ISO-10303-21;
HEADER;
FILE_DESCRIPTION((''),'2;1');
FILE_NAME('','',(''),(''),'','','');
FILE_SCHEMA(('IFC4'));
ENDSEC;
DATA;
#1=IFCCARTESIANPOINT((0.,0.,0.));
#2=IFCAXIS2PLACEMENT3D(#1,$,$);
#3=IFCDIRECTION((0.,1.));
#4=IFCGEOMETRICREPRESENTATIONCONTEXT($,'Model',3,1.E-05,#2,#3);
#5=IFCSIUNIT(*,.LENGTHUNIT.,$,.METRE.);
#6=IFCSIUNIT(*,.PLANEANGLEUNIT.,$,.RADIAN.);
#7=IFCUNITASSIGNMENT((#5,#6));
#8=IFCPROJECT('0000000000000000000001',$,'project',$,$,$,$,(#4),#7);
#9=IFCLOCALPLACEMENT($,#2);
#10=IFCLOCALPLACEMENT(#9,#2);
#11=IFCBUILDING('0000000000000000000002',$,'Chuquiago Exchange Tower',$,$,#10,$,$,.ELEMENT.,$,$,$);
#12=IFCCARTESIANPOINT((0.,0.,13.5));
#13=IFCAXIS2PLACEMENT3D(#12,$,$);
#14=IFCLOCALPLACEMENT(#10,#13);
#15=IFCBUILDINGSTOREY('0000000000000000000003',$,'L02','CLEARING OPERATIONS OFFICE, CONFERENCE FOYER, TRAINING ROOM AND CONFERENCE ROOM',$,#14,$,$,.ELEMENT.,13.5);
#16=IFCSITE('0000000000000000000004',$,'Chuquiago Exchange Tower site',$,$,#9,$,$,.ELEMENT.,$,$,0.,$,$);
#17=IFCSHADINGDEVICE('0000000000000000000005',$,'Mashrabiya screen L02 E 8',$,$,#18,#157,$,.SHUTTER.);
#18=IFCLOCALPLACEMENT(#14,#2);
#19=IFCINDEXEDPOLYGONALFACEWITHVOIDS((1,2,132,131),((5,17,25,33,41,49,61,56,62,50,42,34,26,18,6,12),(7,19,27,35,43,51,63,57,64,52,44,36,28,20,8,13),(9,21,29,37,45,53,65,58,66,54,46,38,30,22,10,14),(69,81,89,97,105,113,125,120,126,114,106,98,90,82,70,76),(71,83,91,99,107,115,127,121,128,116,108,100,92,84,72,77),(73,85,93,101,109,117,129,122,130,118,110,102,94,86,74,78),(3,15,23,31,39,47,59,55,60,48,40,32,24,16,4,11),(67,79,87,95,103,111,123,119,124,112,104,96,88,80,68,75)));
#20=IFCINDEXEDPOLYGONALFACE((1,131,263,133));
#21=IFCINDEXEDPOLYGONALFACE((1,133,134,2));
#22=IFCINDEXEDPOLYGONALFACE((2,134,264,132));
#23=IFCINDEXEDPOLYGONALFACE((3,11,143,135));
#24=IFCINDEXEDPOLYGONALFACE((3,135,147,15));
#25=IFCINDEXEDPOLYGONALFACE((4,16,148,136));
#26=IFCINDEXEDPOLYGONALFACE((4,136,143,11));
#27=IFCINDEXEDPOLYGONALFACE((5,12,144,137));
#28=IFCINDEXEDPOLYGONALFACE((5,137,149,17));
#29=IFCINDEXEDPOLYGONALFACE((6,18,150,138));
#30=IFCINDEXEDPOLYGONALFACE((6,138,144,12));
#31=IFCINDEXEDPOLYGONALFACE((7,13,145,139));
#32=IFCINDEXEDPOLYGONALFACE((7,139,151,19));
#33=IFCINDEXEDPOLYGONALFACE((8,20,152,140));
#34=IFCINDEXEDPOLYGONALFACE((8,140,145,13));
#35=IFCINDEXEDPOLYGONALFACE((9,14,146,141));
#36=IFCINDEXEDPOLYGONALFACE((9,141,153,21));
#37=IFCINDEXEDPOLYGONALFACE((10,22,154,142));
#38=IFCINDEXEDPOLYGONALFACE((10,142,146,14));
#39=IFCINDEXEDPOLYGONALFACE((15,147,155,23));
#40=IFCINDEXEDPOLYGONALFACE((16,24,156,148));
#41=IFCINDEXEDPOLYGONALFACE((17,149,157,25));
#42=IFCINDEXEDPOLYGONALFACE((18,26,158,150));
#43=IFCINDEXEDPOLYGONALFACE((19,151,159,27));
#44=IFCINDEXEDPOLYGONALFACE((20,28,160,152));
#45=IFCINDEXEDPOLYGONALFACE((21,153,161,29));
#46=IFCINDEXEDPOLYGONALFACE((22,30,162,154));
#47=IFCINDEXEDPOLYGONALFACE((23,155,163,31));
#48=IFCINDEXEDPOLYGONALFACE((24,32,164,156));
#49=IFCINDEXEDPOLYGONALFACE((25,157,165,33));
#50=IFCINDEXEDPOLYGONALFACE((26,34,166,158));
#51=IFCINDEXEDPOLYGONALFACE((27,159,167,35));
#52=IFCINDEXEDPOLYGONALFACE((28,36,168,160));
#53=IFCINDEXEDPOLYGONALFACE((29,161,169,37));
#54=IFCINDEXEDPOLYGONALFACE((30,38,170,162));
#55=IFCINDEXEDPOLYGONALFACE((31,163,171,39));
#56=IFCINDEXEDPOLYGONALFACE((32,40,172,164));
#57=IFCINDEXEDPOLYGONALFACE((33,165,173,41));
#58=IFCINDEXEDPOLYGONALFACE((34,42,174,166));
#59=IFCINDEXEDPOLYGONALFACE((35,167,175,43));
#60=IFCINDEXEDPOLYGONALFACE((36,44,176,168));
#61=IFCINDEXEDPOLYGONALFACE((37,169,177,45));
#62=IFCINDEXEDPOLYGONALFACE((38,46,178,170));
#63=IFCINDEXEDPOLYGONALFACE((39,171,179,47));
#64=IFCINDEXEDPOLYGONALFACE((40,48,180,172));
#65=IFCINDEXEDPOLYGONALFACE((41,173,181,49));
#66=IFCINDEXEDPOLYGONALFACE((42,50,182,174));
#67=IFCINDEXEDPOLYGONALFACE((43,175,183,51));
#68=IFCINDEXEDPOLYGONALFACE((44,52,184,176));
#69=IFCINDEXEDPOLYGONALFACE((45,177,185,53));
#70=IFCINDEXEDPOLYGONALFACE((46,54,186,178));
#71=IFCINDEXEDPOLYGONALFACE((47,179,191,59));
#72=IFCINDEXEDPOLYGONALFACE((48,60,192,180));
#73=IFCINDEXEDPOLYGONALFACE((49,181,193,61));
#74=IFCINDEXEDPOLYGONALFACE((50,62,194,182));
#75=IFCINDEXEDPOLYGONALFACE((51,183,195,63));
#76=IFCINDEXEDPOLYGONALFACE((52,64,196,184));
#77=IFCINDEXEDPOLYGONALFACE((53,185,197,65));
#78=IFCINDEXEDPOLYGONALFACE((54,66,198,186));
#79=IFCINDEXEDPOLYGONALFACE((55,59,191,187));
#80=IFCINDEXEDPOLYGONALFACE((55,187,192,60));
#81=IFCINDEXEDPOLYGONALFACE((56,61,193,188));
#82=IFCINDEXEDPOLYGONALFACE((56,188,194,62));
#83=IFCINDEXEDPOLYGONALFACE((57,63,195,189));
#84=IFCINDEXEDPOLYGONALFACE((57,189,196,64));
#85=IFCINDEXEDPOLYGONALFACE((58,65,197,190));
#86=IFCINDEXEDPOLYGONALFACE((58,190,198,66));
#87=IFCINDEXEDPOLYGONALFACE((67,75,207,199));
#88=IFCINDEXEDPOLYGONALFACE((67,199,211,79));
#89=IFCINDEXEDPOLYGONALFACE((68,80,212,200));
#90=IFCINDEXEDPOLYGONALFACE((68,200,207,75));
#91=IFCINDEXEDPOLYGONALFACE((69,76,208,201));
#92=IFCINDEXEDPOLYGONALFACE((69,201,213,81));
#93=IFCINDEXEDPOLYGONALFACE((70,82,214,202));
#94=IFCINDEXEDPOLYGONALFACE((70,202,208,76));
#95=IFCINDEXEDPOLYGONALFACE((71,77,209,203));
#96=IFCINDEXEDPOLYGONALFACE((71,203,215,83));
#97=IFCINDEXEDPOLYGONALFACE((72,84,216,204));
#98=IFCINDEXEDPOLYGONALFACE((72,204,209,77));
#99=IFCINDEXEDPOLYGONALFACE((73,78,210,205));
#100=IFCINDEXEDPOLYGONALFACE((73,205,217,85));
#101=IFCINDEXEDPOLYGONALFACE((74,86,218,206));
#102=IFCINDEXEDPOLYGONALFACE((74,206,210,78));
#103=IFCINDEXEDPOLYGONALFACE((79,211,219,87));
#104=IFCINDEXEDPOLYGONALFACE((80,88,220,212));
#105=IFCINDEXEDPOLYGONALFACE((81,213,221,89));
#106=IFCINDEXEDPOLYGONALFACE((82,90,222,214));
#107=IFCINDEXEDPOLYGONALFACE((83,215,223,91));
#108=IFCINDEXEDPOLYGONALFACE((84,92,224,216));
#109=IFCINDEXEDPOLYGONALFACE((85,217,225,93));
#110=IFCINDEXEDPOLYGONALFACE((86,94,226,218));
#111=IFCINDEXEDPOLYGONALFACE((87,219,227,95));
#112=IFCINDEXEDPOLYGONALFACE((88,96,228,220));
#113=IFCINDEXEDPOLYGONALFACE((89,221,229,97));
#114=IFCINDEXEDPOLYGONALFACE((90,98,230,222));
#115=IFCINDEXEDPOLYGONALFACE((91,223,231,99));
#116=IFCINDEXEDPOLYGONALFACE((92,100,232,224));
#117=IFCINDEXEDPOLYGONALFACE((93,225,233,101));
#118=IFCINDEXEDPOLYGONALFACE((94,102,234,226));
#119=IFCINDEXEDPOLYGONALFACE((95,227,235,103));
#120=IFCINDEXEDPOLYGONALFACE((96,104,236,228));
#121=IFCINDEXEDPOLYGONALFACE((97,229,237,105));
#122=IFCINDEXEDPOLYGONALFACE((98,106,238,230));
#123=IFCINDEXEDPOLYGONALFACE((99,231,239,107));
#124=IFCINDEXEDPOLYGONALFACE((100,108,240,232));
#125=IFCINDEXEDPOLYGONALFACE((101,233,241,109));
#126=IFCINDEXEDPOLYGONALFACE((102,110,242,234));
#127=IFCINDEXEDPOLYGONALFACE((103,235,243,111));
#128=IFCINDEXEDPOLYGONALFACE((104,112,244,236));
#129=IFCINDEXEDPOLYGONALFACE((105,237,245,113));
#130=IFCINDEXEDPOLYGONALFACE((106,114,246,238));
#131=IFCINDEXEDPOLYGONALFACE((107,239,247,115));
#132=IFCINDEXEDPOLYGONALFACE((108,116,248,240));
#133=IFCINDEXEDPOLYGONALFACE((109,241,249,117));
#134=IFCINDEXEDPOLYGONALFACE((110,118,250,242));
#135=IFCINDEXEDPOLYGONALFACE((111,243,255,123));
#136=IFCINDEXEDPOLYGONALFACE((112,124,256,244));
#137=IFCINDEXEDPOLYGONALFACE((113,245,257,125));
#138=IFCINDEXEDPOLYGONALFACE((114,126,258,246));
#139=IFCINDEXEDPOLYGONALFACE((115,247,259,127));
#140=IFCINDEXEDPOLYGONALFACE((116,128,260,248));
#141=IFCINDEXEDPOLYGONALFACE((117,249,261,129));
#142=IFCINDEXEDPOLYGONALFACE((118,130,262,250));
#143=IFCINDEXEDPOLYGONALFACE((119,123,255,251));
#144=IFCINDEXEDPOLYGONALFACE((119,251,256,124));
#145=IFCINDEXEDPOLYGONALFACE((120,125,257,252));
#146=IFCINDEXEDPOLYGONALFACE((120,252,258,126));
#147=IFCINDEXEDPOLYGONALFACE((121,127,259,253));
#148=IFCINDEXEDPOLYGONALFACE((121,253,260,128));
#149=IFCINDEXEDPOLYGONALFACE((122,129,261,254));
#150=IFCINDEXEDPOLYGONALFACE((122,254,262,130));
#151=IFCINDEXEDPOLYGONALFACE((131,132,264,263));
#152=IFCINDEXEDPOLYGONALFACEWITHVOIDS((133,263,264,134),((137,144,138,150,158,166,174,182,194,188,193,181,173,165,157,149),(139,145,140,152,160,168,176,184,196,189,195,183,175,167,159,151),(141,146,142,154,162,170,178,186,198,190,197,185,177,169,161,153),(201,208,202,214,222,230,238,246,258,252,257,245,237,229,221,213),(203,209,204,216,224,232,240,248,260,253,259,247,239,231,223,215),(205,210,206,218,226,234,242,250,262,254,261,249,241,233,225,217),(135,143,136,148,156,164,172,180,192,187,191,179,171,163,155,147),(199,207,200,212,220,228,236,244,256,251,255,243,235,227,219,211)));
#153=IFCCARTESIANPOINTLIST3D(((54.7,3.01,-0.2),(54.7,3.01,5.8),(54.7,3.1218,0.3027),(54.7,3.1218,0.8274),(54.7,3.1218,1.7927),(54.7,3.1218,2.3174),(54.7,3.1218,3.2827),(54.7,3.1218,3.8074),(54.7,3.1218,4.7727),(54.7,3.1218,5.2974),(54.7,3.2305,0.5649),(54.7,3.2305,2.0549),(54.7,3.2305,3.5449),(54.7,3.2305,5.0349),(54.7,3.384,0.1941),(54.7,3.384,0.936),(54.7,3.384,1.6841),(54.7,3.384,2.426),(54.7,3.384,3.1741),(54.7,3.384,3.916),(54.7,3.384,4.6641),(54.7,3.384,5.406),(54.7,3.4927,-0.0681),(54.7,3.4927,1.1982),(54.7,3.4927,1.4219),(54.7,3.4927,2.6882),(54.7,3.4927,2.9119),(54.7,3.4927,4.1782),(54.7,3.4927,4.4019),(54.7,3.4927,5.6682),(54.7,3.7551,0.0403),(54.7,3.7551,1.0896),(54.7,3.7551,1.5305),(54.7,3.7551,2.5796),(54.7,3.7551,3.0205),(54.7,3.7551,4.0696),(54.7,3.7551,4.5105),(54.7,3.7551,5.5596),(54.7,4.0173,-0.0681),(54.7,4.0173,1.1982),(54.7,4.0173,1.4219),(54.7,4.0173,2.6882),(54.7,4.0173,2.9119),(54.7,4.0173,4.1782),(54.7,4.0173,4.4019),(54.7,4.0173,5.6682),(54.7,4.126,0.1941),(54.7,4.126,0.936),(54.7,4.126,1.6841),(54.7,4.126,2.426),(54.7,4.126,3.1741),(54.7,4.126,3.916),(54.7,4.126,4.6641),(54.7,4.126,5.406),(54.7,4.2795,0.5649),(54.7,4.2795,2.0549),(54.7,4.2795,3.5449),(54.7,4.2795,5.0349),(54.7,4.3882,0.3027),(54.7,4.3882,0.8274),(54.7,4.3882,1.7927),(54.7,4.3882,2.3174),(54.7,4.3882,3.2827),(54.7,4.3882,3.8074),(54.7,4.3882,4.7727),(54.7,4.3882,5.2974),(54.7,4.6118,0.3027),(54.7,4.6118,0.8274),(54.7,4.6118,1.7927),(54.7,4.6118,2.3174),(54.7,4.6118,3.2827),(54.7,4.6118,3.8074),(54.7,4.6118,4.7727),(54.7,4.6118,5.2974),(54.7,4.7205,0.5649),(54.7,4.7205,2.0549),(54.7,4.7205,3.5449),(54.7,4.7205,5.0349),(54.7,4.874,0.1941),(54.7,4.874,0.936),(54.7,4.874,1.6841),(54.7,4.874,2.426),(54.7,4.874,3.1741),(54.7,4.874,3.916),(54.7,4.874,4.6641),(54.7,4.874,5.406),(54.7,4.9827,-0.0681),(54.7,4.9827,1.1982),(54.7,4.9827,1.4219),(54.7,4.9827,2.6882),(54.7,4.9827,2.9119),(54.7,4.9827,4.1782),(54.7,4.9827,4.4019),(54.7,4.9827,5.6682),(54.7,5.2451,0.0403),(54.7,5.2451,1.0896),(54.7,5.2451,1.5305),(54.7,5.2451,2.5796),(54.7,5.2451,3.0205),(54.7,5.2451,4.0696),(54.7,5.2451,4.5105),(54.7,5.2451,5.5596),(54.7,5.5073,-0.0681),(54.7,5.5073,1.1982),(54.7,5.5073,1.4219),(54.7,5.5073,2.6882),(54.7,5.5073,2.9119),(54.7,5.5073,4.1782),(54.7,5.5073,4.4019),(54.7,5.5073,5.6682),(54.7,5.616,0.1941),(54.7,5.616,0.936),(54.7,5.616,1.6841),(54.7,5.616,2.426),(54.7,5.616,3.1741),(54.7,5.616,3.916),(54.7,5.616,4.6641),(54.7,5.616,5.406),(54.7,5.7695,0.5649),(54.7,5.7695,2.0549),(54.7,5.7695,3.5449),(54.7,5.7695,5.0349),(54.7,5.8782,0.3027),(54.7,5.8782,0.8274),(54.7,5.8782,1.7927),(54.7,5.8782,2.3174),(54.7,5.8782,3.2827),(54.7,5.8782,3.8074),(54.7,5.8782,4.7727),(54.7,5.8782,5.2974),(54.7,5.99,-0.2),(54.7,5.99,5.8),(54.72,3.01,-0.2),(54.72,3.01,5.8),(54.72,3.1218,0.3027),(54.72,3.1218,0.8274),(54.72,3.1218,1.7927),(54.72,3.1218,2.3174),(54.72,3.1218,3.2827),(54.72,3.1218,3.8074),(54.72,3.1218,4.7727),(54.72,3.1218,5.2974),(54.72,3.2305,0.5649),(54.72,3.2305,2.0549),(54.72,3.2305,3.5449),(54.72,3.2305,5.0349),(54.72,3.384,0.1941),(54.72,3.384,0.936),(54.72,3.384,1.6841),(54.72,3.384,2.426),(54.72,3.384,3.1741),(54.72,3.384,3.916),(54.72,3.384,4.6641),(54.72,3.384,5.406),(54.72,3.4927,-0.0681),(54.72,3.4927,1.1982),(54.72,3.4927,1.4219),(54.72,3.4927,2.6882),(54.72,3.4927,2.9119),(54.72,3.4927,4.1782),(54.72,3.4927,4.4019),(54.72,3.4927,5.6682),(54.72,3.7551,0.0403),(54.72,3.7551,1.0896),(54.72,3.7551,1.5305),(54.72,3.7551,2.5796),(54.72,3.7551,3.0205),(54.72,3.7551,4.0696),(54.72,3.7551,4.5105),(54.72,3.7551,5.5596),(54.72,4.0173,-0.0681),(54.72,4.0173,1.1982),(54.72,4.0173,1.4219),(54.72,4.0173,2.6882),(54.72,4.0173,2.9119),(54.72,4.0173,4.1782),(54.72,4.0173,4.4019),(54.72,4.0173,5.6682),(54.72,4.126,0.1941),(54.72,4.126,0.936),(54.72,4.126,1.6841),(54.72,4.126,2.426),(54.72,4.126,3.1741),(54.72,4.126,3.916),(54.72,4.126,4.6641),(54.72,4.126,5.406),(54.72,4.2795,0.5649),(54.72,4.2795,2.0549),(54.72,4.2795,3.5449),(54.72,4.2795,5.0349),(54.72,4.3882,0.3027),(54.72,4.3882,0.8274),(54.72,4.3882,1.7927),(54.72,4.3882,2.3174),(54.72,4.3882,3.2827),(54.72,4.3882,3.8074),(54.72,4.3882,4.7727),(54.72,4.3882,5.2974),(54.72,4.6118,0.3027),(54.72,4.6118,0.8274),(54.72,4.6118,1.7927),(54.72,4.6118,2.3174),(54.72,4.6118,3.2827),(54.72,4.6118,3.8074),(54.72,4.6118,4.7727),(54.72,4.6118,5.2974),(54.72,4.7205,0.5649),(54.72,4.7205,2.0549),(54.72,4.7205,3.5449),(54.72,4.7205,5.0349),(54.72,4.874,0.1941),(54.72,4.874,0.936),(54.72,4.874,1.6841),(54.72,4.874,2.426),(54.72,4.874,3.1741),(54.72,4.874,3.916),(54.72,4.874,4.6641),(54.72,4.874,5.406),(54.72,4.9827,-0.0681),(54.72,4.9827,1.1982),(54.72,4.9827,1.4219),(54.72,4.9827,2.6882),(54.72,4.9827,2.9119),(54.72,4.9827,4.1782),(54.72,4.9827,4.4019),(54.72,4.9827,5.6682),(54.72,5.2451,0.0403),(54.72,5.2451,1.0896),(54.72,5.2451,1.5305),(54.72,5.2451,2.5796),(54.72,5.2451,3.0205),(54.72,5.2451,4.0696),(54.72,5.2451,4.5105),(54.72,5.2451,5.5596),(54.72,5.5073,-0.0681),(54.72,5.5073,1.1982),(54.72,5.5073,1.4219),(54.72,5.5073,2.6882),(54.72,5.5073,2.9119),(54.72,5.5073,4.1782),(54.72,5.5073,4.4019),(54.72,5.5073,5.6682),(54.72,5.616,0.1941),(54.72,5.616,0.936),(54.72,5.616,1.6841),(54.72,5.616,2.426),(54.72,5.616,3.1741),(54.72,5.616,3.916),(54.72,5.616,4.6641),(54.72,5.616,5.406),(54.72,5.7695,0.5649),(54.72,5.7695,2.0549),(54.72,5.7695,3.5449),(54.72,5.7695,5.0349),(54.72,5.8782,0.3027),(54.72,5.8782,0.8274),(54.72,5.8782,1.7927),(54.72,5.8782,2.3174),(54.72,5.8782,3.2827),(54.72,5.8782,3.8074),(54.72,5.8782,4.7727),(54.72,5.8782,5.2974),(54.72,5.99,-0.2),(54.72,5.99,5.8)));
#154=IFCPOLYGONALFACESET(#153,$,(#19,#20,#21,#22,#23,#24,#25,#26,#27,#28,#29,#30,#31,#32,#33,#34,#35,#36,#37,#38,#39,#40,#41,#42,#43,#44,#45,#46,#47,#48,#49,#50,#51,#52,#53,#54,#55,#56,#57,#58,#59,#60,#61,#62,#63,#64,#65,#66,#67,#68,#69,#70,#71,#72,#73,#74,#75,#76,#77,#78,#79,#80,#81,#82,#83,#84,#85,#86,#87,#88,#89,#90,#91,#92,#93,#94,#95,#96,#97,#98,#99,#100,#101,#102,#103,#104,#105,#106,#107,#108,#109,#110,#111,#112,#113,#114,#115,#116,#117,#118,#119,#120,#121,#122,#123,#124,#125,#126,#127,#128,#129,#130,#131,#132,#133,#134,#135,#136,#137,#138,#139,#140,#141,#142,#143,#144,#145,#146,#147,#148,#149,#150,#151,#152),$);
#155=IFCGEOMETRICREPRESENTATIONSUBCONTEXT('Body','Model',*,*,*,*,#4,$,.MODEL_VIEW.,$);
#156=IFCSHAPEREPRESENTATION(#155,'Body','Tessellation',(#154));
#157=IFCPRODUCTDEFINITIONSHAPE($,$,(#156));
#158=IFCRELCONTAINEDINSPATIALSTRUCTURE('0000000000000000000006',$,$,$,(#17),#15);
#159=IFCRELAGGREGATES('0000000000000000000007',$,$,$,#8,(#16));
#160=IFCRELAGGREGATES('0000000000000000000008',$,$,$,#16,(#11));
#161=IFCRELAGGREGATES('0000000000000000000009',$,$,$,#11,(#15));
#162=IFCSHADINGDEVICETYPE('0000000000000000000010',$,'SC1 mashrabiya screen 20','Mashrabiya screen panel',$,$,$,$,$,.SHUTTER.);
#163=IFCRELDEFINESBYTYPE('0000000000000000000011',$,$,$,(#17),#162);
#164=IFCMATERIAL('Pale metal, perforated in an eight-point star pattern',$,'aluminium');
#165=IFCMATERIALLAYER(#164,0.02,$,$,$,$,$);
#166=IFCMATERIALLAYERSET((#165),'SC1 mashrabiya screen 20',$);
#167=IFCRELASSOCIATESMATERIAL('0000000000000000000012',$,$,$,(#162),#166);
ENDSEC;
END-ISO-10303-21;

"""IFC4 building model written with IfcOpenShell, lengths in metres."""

from ifc_helpers import new_model, si_unit, direction, frame, origin, place, context, subcontext, project, spatial, polyline, outline, extrude, material, layer, layer_set, type_object, element, save


model = new_model("IFC4")

# Units and contexts
model_context = context("Model", 3, precision=1e-05, world=origin(), true_north=direction((0.0, 1.0)))
body_context = subcontext(model_context, "Body", "Model", "MODEL_VIEW")
ifc_project = project(units=[si_unit("LENGTHUNIT", "METRE"), si_unit("PLANEANGLEUNIT", "RADIAN")], contexts=[model_context])

# Site, building, storey
site_placement = place(None, origin())
site = spatial("IfcSite", under=ifc_project, at=site_placement, Name="Chuquiago Exchange Tower site", CompositionType="ELEMENT", RefElevation=0.0)
building_placement = place(site_placement, origin())
building = spatial("IfcBuilding", under=site, at=building_placement, Name="Chuquiago Exchange Tower", CompositionType="ELEMENT")
storey_placement = place(building_placement, frame((0.0, 0.0, 13.5)))
storey = spatial("IfcBuildingStorey", under=building, at=storey_placement, Name="L02", Description="CLEARING OPERATIONS OFFICE, CONFERENCE FOYER, TRAINING ROOM AND CONFERENCE ROOM", CompositionType="ELEMENT", Elevation=13.5)

# Shading device
ifc_material_1 = material(Name="Pale metal, perforated in an eight-point star pattern", Category="aluminium")
ifc_layer_1 = layer(ifc_material_1, 0.02)
ifc_layer_set_1 = layer_set([ifc_layer_1], Name="SC1 mashrabiya screen 20")
shading_device_type = type_object("IfcShadingDeviceType", Name="SC1 mashrabiya screen 20", Description="Mashrabiya screen panel", PredefinedType="SHUTTER", material=ifc_layer_set_1)
shading_device_1_placement = place(storey_placement, frame((54.7, 3.01, -0.2), z_axis=(0.0, 0.0, 1.0), x_axis=(0.0, 1.0, 0.0)))
element("IfcShadingDevice", 1, at=shading_device_1_placement, inside=storey, type_object=shading_device_type, Name="Mashrabiya screen L02 E 8", PredefinedType="SHUTTER", context=body_context, shape_type="SweptSolid", body=[
    extrude(outline(polyline([(0.0, 0.0), (2.98, 0.0), (2.98, 6.0), (0.0, 6.0), (0.0, 0.0)]), holes=[polyline([(1.2695, 0.7649), (1.3782, 1.0273), (1.116, 1.136), (1.0073, 1.3982), (0.7451, 1.2896), (0.4827, 1.3982), (0.374, 1.136), (0.1118, 1.0273), (0.2205, 0.7649), (0.1118, 0.5027), (0.374, 0.394), (0.4827, 0.1318), (0.7451, 0.2402), (1.0073, 0.1318), (1.116, 0.394), (1.3782, 0.5027), (1.2695, 0.7649)]), polyline([(2.7595, 0.7649), (2.8682, 1.0273), (2.606, 1.136), (2.4973, 1.3982), (2.2351, 1.2896), (1.9727, 1.3982), (1.864, 1.136), (1.6018, 1.0273), (1.7104, 0.7649), (1.6018, 0.5027), (1.864, 0.394), (1.9727, 0.1318), (2.2351, 0.2402), (2.4973, 0.1318), (2.606, 0.394), (2.8682, 0.5027), (2.7595, 0.7649)]), polyline([(1.2695, 2.2549), (1.3782, 2.5173), (1.116, 2.626), (1.0073, 2.8882), (0.7451, 2.7795), (0.4827, 2.8882), (0.374, 2.626), (0.1118, 2.5173), (0.2205, 2.2549), (0.1118, 1.9927), (0.374, 1.884), (0.4827, 1.6218), (0.7451, 1.7305), (1.0073, 1.6218), (1.116, 1.884), (1.3782, 1.9927), (1.2695, 2.2549)]), polyline([(2.7595, 2.2549), (2.8682, 2.5173), (2.606, 2.626), (2.4973, 2.8882), (2.2351, 2.7795), (1.9727, 2.8882), (1.864, 2.626), (1.6018, 2.5173), (1.7104, 2.2549), (1.6018, 1.9927), (1.864, 1.884), (1.9727, 1.6218), (2.2351, 1.7305), (2.4973, 1.6218), (2.606, 1.884), (2.8682, 1.9927), (2.7595, 2.2549)]), polyline([(1.2695, 3.7449), (1.3782, 4.0073), (1.116, 4.116), (1.0073, 4.3782), (0.7451, 4.2695), (0.4827, 4.3782), (0.374, 4.116), (0.1118, 4.0073), (0.2205, 3.7449), (0.1118, 3.4827), (0.374, 3.374), (0.4827, 3.1118), (0.7451, 3.2205), (1.0073, 3.1118), (1.116, 3.374), (1.3782, 3.4827), (1.2695, 3.7449)]), polyline([(2.7595, 3.7449), (2.8682, 4.0073), (2.606, 4.116), (2.4973, 4.3782), (2.2351, 4.2695), (1.9727, 4.3782), (1.864, 4.116), (1.6018, 4.0073), (1.7104, 3.7449), (1.6018, 3.4827), (1.864, 3.374), (1.9727, 3.1118), (2.2351, 3.2205), (2.4973, 3.1118), (2.606, 3.374), (2.8682, 3.4827), (2.7595, 3.7449)]), polyline([(1.2695, 5.2349), (1.3782, 5.4973), (1.116, 5.606), (1.0073, 5.8682), (0.7451, 5.7595), (0.4827, 5.8682), (0.374, 5.606), (0.1118, 5.4973), (0.2205, 5.2349), (0.1118, 4.9727), (0.374, 4.864), (0.4827, 4.6018), (0.7451, 4.7104), (1.0073, 4.6018), (1.116, 4.864), (1.3782, 4.9727), (1.2695, 5.2349)]), polyline([(2.7595, 5.2349), (2.8682, 5.4973), (2.606, 5.606), (2.4973, 5.8682), (2.2351, 5.7595), (1.9727, 5.8682), (1.864, 5.606), (1.6018, 5.4973), (1.7104, 5.2349), (1.6018, 4.9727), (1.864, 4.864), (1.9727, 4.6018), (2.2351, 4.7104), (2.4973, 4.6018), (2.606, 4.864), (2.8682, 4.9727), (2.7595, 5.2349)])]), frame((0.0, 0.0, 0.0), z_axis=(0.0, -1.0, 0.0), x_axis=(1.0, 0.0, 0.0)), (0.0, 0.0, 1.0), 0.02),
])

save(model, "model.ifc")
